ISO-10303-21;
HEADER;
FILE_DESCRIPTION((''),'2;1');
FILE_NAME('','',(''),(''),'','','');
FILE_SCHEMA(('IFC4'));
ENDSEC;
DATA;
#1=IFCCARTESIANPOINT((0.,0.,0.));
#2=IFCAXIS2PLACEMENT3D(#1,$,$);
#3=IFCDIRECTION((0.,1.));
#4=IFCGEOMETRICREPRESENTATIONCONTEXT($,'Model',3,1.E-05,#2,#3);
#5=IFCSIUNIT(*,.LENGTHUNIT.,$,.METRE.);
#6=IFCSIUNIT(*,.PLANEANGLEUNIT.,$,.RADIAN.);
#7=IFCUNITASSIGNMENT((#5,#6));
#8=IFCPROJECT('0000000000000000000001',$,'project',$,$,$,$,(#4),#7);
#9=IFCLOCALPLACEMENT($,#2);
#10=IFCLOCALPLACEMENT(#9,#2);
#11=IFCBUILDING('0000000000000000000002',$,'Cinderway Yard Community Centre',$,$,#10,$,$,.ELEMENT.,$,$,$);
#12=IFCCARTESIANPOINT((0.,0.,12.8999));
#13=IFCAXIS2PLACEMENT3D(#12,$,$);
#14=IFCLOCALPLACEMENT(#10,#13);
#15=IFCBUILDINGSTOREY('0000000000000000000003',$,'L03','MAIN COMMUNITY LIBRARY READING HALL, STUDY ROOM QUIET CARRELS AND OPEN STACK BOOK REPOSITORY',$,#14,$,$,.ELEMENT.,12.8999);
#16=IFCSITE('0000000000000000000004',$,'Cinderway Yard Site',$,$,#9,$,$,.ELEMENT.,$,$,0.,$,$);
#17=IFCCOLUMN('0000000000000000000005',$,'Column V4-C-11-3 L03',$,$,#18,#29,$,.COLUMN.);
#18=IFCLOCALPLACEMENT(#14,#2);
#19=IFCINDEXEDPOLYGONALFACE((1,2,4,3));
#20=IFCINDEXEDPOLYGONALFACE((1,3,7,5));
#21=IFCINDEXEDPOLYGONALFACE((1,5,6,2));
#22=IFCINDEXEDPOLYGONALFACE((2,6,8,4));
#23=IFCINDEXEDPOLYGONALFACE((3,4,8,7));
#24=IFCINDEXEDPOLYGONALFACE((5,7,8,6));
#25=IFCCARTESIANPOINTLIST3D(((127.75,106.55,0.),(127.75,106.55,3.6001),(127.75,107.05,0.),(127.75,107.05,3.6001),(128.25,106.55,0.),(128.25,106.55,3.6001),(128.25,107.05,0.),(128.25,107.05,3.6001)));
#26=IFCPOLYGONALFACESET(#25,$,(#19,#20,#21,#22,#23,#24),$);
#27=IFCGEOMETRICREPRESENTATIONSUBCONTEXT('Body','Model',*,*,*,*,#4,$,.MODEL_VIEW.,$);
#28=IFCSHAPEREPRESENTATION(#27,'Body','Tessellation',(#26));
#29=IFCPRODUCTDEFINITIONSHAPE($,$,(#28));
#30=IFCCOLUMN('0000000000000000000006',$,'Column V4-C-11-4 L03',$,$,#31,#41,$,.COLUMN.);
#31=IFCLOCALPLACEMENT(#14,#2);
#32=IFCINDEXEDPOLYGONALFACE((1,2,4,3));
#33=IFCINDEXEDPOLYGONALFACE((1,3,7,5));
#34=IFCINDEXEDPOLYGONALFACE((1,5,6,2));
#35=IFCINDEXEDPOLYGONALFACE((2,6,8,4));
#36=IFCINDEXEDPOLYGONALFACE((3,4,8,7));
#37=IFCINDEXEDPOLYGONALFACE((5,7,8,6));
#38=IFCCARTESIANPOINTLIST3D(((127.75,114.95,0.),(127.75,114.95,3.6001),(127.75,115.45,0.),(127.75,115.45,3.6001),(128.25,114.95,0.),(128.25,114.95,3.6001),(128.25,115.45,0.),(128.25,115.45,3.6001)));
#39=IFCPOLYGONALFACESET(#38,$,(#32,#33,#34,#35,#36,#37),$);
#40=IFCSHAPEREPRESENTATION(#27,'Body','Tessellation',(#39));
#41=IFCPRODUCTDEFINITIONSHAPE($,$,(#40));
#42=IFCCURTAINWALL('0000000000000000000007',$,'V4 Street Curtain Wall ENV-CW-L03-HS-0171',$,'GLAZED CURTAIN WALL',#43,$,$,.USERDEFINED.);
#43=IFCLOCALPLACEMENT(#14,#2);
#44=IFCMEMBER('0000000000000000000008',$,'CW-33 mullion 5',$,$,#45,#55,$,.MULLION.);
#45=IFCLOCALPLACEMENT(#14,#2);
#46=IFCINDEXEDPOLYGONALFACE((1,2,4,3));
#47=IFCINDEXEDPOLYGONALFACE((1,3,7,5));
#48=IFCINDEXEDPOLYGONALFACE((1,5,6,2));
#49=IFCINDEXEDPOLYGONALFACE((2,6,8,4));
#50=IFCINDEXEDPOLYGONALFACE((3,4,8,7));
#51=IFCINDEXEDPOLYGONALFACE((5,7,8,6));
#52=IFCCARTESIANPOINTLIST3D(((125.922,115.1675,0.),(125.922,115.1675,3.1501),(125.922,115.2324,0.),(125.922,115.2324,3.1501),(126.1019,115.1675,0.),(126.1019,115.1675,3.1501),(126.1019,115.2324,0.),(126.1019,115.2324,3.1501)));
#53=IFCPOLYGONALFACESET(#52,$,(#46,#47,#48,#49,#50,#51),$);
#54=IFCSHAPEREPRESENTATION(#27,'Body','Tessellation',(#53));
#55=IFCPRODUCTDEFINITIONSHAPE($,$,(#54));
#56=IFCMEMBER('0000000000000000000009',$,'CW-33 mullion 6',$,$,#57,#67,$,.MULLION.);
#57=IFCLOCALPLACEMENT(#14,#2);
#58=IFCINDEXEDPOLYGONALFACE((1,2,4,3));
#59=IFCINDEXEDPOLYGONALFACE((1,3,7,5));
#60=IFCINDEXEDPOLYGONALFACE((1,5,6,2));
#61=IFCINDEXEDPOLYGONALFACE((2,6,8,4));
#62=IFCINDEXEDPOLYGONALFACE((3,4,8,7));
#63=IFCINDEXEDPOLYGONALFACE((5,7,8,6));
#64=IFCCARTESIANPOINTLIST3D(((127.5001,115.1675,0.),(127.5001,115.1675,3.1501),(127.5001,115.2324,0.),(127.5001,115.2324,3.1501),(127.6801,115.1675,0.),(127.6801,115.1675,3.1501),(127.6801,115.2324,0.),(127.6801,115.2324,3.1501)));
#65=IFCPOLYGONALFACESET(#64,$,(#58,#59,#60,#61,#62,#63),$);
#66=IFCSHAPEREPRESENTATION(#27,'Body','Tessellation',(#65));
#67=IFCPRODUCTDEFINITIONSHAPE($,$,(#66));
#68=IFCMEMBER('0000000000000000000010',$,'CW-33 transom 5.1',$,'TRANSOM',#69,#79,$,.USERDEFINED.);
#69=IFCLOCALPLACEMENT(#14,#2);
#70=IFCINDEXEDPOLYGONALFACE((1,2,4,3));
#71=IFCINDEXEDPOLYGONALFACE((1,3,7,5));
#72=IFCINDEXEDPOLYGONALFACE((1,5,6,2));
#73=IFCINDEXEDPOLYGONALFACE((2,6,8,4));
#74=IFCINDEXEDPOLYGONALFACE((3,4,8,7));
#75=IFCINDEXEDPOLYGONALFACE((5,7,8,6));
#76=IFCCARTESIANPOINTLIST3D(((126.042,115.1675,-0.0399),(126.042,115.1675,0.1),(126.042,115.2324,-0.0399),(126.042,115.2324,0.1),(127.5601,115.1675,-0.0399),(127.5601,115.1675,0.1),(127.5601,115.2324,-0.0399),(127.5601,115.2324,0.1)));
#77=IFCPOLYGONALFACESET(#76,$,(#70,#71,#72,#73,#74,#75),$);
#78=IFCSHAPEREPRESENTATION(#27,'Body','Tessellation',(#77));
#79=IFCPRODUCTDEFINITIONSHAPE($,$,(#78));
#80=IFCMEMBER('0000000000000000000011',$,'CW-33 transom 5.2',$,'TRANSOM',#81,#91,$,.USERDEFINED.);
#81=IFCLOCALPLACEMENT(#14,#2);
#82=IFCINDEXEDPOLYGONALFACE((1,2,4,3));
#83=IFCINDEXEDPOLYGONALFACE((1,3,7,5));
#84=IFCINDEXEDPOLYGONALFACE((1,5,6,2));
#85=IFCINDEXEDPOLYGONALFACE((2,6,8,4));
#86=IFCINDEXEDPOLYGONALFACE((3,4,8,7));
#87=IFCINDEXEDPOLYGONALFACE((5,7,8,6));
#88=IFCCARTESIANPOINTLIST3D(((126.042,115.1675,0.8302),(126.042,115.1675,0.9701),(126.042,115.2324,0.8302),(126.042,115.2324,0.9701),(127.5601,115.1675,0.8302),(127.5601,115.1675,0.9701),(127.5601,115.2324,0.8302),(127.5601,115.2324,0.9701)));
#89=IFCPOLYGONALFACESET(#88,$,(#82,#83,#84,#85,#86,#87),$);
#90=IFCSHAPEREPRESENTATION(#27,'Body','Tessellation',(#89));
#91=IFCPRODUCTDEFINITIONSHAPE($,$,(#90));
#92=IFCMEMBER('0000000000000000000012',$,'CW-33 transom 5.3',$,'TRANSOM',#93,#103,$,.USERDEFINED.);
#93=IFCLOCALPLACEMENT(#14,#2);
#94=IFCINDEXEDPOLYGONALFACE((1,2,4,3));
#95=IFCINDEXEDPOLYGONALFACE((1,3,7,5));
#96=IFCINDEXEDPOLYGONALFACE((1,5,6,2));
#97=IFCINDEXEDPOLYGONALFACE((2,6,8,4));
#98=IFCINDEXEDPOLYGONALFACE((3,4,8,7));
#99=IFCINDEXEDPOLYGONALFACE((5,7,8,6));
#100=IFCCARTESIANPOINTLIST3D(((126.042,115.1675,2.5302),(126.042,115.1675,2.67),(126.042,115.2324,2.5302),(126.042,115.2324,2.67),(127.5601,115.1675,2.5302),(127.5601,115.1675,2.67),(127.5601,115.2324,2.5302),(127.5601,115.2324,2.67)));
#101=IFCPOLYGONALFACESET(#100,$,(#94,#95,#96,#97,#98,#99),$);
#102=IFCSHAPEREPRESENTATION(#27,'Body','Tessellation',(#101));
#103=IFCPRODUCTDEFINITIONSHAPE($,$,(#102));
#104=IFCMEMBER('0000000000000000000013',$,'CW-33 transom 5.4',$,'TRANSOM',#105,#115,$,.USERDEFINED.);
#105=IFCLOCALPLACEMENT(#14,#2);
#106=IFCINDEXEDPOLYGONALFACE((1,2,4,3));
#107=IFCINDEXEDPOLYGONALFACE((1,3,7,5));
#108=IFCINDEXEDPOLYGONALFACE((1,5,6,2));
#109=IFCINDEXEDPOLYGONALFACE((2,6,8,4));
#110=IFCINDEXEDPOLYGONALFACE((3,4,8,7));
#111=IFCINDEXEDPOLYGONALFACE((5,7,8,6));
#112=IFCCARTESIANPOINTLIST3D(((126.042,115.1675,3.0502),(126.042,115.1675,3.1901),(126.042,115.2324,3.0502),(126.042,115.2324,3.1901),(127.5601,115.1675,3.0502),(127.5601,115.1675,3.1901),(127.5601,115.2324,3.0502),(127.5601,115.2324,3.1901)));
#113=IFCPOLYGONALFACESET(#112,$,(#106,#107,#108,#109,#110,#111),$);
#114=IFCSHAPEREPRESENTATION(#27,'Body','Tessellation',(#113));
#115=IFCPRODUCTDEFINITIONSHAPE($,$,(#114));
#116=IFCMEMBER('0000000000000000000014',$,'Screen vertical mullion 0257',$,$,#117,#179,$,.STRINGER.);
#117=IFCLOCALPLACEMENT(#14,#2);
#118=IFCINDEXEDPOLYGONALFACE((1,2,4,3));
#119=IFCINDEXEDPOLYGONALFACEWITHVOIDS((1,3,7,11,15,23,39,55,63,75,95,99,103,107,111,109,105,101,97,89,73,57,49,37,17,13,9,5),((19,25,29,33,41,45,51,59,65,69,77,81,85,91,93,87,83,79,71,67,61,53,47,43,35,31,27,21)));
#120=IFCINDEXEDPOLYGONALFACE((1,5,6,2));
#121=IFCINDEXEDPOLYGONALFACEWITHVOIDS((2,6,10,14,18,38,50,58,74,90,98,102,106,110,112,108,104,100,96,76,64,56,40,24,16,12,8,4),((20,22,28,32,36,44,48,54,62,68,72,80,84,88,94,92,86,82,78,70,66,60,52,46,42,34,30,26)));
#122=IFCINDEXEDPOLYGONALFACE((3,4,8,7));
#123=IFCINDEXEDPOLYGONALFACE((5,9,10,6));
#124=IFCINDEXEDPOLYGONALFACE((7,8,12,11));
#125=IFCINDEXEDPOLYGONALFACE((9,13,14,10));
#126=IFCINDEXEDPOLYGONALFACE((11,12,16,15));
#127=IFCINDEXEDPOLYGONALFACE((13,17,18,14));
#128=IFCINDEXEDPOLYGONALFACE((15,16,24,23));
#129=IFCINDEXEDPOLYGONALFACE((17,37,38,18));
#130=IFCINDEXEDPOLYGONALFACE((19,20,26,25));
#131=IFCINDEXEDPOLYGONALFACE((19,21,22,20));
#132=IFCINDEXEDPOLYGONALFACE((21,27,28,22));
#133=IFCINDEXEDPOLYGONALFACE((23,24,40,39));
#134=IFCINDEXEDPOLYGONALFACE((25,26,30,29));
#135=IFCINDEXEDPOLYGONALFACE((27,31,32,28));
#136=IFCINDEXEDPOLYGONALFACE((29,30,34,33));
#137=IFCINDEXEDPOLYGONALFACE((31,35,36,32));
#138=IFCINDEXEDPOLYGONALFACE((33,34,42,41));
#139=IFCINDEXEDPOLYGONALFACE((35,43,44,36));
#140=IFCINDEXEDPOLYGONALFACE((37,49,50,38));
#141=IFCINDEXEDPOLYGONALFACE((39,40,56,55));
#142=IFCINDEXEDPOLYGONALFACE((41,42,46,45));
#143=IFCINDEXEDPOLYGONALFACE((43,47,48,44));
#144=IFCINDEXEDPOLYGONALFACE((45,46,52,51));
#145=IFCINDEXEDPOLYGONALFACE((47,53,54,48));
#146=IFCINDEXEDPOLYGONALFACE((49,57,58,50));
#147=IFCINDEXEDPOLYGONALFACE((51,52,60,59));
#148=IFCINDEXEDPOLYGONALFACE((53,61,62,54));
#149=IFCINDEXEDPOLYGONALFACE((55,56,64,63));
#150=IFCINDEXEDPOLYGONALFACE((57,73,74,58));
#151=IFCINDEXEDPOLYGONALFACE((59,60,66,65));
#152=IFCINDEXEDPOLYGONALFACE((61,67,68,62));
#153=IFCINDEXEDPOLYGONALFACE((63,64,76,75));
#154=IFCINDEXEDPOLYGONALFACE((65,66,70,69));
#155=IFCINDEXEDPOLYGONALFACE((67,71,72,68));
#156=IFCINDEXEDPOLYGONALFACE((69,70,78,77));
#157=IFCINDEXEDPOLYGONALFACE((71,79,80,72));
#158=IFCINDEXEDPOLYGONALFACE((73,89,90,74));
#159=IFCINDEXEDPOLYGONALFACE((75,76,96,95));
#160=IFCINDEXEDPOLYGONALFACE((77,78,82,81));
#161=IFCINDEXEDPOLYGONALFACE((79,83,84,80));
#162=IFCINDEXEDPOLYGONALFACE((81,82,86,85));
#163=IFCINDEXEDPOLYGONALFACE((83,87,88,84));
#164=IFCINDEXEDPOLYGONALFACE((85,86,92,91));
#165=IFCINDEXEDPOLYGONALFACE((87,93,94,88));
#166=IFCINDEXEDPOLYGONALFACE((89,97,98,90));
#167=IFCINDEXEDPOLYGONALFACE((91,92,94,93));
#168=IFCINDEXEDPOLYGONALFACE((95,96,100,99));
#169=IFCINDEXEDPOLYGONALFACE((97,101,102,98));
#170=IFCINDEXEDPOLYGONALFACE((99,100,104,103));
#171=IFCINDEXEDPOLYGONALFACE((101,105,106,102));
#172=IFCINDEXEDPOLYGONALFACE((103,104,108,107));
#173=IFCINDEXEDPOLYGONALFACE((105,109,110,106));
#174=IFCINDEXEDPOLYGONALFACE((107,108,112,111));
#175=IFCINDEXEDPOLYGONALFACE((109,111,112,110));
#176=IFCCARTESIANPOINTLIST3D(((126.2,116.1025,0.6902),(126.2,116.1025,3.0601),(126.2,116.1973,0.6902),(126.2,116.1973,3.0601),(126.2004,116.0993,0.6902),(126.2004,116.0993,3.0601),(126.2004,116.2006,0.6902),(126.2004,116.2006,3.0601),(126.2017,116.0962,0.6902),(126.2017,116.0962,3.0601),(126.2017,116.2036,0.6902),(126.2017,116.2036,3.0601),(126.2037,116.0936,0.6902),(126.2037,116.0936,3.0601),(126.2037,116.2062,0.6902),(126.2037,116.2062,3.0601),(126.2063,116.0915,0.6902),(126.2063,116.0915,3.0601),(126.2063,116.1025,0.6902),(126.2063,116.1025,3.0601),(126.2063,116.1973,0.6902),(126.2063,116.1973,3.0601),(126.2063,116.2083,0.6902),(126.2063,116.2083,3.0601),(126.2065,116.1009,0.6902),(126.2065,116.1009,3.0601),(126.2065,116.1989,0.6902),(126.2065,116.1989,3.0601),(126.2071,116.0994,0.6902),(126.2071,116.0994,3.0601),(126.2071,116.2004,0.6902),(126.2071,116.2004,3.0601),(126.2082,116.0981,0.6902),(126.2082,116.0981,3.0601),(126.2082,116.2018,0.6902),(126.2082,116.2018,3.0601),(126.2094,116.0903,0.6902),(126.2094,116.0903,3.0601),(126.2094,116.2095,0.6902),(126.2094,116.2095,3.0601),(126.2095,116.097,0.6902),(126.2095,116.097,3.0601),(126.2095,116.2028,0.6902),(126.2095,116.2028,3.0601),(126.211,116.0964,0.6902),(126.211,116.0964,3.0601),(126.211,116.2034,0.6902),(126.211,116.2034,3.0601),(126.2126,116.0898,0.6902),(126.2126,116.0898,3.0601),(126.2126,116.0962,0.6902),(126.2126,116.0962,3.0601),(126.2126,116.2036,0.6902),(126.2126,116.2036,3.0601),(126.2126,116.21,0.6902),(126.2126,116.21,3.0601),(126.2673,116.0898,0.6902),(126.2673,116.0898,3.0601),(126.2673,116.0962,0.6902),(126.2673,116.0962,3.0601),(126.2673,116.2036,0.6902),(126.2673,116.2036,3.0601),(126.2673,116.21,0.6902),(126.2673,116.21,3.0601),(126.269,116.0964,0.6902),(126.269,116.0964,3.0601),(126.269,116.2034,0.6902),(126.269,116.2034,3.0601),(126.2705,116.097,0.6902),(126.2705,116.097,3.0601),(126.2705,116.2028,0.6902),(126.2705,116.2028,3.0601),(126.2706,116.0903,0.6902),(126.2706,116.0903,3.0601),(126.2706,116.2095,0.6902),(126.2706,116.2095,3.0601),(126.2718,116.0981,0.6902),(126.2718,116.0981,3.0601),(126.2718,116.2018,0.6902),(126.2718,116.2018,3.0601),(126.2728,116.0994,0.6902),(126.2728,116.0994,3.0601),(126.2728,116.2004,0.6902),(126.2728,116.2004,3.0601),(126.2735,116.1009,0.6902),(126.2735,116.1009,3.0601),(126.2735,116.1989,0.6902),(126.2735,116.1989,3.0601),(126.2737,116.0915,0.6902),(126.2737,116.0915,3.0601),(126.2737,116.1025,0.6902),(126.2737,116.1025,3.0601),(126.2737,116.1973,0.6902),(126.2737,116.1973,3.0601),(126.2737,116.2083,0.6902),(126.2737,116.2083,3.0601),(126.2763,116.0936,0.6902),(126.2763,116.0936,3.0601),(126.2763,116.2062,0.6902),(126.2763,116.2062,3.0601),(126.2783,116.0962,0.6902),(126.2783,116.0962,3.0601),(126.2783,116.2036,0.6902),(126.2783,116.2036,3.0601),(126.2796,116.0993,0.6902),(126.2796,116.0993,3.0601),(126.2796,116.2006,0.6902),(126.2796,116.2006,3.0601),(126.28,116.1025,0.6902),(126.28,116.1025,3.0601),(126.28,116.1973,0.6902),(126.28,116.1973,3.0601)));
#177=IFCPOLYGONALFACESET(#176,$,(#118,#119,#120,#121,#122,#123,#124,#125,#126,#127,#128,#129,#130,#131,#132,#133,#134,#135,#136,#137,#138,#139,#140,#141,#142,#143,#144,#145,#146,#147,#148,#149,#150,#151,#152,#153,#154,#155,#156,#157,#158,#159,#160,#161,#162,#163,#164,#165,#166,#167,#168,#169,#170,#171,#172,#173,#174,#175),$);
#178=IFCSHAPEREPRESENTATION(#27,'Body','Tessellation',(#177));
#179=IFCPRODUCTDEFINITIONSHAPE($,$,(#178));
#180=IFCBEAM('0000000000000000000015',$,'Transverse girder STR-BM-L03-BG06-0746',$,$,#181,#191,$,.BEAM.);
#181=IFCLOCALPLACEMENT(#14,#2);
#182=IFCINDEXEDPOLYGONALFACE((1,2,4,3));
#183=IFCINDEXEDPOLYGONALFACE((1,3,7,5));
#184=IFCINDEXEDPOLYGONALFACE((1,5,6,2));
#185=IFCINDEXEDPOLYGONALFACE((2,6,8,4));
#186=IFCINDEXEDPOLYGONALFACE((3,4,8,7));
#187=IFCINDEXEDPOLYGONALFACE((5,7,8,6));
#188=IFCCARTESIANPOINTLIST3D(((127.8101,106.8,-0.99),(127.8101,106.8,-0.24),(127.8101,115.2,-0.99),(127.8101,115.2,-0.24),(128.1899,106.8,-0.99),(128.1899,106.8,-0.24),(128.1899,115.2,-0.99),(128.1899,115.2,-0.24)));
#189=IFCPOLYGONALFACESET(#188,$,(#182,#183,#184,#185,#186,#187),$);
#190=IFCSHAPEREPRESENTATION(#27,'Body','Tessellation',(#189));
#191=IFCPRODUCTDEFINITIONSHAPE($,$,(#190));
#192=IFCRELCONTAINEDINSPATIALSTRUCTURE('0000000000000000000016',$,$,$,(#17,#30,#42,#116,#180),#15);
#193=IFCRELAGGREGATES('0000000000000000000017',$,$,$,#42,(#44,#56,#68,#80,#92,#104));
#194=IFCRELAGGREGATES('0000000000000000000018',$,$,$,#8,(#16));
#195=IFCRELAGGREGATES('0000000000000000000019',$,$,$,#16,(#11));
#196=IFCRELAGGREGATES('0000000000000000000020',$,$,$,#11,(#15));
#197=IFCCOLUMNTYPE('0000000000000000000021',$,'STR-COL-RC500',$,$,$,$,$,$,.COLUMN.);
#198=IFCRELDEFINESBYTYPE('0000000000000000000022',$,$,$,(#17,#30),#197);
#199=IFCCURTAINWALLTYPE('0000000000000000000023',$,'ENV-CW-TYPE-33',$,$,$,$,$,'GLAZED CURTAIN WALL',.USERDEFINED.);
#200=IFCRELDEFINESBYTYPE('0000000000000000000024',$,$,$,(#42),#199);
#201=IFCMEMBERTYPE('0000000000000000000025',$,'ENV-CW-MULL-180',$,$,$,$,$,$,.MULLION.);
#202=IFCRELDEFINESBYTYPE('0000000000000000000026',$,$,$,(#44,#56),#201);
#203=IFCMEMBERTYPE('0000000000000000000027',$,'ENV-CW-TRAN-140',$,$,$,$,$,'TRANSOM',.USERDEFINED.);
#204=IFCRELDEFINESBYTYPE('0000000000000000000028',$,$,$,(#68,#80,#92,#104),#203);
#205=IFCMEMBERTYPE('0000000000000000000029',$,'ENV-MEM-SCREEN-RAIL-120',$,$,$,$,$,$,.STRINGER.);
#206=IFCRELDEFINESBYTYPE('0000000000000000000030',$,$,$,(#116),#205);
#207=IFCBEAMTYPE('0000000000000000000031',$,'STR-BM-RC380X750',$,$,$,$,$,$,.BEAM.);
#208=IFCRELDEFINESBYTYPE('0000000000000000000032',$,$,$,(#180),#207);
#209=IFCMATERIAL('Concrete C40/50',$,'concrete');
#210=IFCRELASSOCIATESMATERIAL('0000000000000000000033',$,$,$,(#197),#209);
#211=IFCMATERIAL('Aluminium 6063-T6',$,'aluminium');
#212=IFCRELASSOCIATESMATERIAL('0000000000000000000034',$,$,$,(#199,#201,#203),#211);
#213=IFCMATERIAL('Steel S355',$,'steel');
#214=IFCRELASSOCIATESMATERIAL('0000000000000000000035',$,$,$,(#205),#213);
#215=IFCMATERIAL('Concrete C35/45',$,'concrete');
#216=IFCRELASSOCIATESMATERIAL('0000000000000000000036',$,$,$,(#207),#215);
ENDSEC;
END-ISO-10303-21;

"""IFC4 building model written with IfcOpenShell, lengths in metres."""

from ifc_helpers import new_model, si_unit, direction, frame, origin, origin_2d, place, context, subcontext, project, spatial, rectangle, hollow_rectangle, extrude, material, material_profile, profile_set, type_object, element, aggregate, save


model = new_model("IFC4")

# Units and contexts
model_context = context("Model", 3, precision=1e-05, world=origin(), true_north=direction((0.0, 1.0)))
body_context = subcontext(model_context, "Body", "Model", "MODEL_VIEW")
ifc_project = project(units=[si_unit("LENGTHUNIT", "METRE"), si_unit("PLANEANGLEUNIT", "RADIAN")], contexts=[model_context])

# Site, building, storey
site_placement = place(None, origin())
site = spatial("IfcSite", under=ifc_project, at=site_placement, Name="Cinderway Yard Site", CompositionType="ELEMENT", RefElevation=0.0)
building_placement = place(site_placement, origin())
building = spatial("IfcBuilding", under=site, at=building_placement, Name="Cinderway Yard Community Centre", CompositionType="ELEMENT")
storey_placement = place(building_placement, frame((0.0, 0.0, 12.8999)))
storey = spatial("IfcBuildingStorey", under=building, at=storey_placement, Name="L03", Description="MAIN COMMUNITY LIBRARY READING HALL, STUDY ROOM QUIET CARRELS AND OPEN STACK BOOK REPOSITORY", CompositionType="ELEMENT", Elevation=12.8999)

# Columns
ifc_material_1 = material(Name="Concrete C40/50", Category="concrete")
ifc_material_profile_1 = material_profile(ifc_material_1, rectangle(XDim=0.5, YDim=0.5, at=origin_2d()), Name="Concrete C40/50")
ifc_profile_set_1 = profile_set([ifc_material_profile_1], Name="Concrete C40/50")
column_type = type_object("IfcColumnType", Name="STR-COL-RC500", PredefinedType="COLUMN", material=ifc_profile_set_1)
for number, where, z_axis, x_axis, name in (
    (1, (128.0, 106.8, 0.0), (0.0, 0.0, 1.0), (1.0, 0.0, 0.0), "Column V4-C-11-3 L03"),
    (2, (128.0, 115.2, 0.0), (0.0, 0.0, 1.0), (1.0, 0.0, 0.0), "Column V4-C-11-4 L03"),
):
    element("IfcColumn", number, at=place(storey_placement, frame(where, z_axis=z_axis, x_axis=x_axis)), inside=storey, type_object=column_type, Name=name, PredefinedType="COLUMN", context=body_context, shape_type="SweptSolid", body=[
        extrude(rectangle(XDim=0.5, YDim=0.5, at=origin_2d()), origin(), (0.0, 0.0, 1.0), 3.6001),
    ])

# Curtain wall, members
ifc_material_2 = material(Name="Aluminium 6063-T6", Category="aluminium")
curtain_wall_type = type_object("IfcCurtainWallType", Name="ENV-CW-TYPE-33", ElementType="GLAZED CURTAIN WALL", PredefinedType="USERDEFINED", material=ifc_material_2)
curtain_wall_placement = place(storey_placement, origin())
curtain_wall = element("IfcCurtainWall", 3, at=curtain_wall_placement, inside=storey, type_object=curtain_wall_type, Name="V4 Street Curtain Wall ENV-CW-L03-HS-0171", ObjectType="GLAZED CURTAIN WALL", PredefinedType="USERDEFINED")
ifc_material_profile_2 = material_profile(ifc_material_2, rectangle(XDim=0.0649, YDim=0.1799, at=origin_2d()), Name="Aluminium 6063-T6")
ifc_profile_set_2 = profile_set([ifc_material_profile_2], Name="Aluminium 6063-T6")
member_type_1 = type_object("IfcMemberType", Name="ENV-CW-MULL-180", PredefinedType="MULLION", material=ifc_profile_set_2)
member_1_placement = place(storey_placement, frame((126.012, 115.2, 0.0), z_axis=(0.0, 0.0, 1.0), x_axis=(0.0, 1.0, 0.0)))
member_1 = element("IfcMember", 4, at=member_1_placement, type_object=member_type_1, Name="CW-33 mullion 5", PredefinedType="MULLION", context=body_context, shape_type="SweptSolid", body=[
    extrude(rectangle(XDim=0.0649, YDim=0.1799, at=origin_2d()), origin(), (0.0, 0.0, 1.0), 3.1501),
])
member_2_placement = place(storey_placement, frame((127.5901, 115.2, 0.0), z_axis=(0.0, 0.0, 1.0), x_axis=(0.0, 1.0, 0.0)))
member_2 = element("IfcMember", 5, at=member_2_placement, type_object=member_type_1, Name="CW-33 mullion 6", PredefinedType="MULLION", context=body_context, shape_type="SweptSolid", body=[
    extrude(rectangle(XDim=0.0649, YDim=0.1799, at=origin_2d()), origin(), (0.0, 0.0, 1.0), 3.1501),
])
ifc_material_profile_3 = material_profile(ifc_material_2, rectangle(XDim=0.0649, YDim=0.1399, at=origin_2d()), Name="Aluminium 6063-T6")
ifc_profile_set_3 = profile_set([ifc_material_profile_3], Name="Aluminium 6063-T6")
member_type_2 = type_object("IfcMemberType", Name="ENV-CW-TRAN-140", ElementType="TRANSOM", PredefinedType="USERDEFINED", material=ifc_profile_set_3)
member_3_placement = place(storey_placement, frame((126.042, 115.2, 0.03), z_axis=(1.0, 0.0, 0.0), x_axis=(0.0, 1.0, 0.0)))
member_3 = element("IfcMember", 6, at=member_3_placement, type_object=member_type_2, Name="CW-33 transom 5.1", ObjectType="TRANSOM", PredefinedType="USERDEFINED", context=body_context, shape_type="SweptSolid", body=[
    extrude(rectangle(XDim=0.0649, YDim=0.1399, at=origin_2d()), origin(), (0.0, 0.0, 1.0), 1.5181),
])
member_4_placement = place(storey_placement, frame((126.042, 115.2, 0.9001), z_axis=(1.0, 0.0, 0.0), x_axis=(0.0, 1.0, 0.0)))
member_4 = element("IfcMember", 7, at=member_4_placement, type_object=member_type_2, Name="CW-33 transom 5.2", ObjectType="TRANSOM", PredefinedType="USERDEFINED", context=body_context, shape_type="SweptSolid", body=[
    extrude(rectangle(XDim=0.0649, YDim=0.1399, at=origin_2d()), origin(), (0.0, 0.0, 1.0), 1.5181),
])
member_5_placement = place(storey_placement, frame((126.042, 115.2, 2.6001), z_axis=(1.0, 0.0, 0.0), x_axis=(0.0, 1.0, 0.0)))
member_5 = element("IfcMember", 8, at=member_5_placement, type_object=member_type_2, Name="CW-33 transom 5.3", ObjectType="TRANSOM", PredefinedType="USERDEFINED", context=body_context, shape_type="SweptSolid", body=[
    extrude(rectangle(XDim=0.0649, YDim=0.1399, at=origin_2d()), origin(), (0.0, 0.0, 1.0), 1.5181),
])
member_6_placement = place(storey_placement, frame((126.042, 115.2, 3.1201), z_axis=(1.0, 0.0, 0.0), x_axis=(0.0, 1.0, 0.0)))
member_6 = element("IfcMember", 9, at=member_6_placement, type_object=member_type_2, Name="CW-33 transom 5.4", ObjectType="TRANSOM", PredefinedType="USERDEFINED", context=body_context, shape_type="SweptSolid", body=[
    extrude(rectangle(XDim=0.0649, YDim=0.1399, at=origin_2d()), origin(), (0.0, 0.0, 1.0), 1.5181),
])

# Member
ifc_material_3 = material(Name="Steel S355", Category="steel")
ifc_material_profile_4 = material_profile(ifc_material_3, hollow_rectangle(XDim=0.0801, YDim=0.1201, WallThickness=0.0063, InnerFilletRadius=0.0063, OuterFilletRadius=0.0127, at=origin_2d()), Name="Steel S355")
ifc_profile_set_4 = profile_set([ifc_material_profile_4], Name="Steel S355")
member_type_3 = type_object("IfcMemberType", Name="ENV-MEM-SCREEN-RAIL-120", PredefinedType="STRINGER", material=ifc_profile_set_4)
member_7_placement = place(storey_placement, frame((126.24, 116.1499, 0.6902), z_axis=(0.0, 0.0, 1.0), x_axis=(1.0, 0.0, 0.0)))
element("IfcMember", 10, at=member_7_placement, inside=storey, type_object=member_type_3, Name="Screen vertical mullion 0257", PredefinedType="STRINGER", context=body_context, shape_type="SweptSolid", body=[
    extrude(hollow_rectangle(XDim=0.0801, YDim=0.1201, WallThickness=0.0063, InnerFilletRadius=0.0063, OuterFilletRadius=0.0127, at=origin_2d()), origin(), (0.0, 0.0, 1.0), 2.3699),
])

# Beam
ifc_material_4 = material(Name="Concrete C35/45", Category="concrete")
ifc_material_profile_5 = material_profile(ifc_material_4, rectangle(XDim=0.3799, YDim=0.75, at=origin_2d()), Name="Concrete C35/45")
ifc_profile_set_5 = profile_set([ifc_material_profile_5], Name="Concrete C35/45")
beam_type_1 = type_object("IfcBeamType", Name="STR-BM-RC380X750", PredefinedType="BEAM", material=ifc_profile_set_5)
beam_placement = place(storey_placement, frame((128.0, 106.8, -0.615), z_axis=(0.0, 1.0, 0.0), x_axis=(-1.0, 0.0, 0.0)))
element("IfcBeam", 11, at=beam_placement, inside=storey, type_object=beam_type_1, Name="Transverse girder STR-BM-L03-BG06-0746", PredefinedType="BEAM", context=body_context, shape_type="SweptSolid", body=[
    extrude(rectangle(XDim=0.3799, YDim=0.75, at=origin_2d()), origin(), (0.0, 0.0, 1.0), 8.3999),
])

aggregate(curtain_wall, [member_1, member_2, member_3, member_4, member_5, member_6])

save(model, "model.ifc")
